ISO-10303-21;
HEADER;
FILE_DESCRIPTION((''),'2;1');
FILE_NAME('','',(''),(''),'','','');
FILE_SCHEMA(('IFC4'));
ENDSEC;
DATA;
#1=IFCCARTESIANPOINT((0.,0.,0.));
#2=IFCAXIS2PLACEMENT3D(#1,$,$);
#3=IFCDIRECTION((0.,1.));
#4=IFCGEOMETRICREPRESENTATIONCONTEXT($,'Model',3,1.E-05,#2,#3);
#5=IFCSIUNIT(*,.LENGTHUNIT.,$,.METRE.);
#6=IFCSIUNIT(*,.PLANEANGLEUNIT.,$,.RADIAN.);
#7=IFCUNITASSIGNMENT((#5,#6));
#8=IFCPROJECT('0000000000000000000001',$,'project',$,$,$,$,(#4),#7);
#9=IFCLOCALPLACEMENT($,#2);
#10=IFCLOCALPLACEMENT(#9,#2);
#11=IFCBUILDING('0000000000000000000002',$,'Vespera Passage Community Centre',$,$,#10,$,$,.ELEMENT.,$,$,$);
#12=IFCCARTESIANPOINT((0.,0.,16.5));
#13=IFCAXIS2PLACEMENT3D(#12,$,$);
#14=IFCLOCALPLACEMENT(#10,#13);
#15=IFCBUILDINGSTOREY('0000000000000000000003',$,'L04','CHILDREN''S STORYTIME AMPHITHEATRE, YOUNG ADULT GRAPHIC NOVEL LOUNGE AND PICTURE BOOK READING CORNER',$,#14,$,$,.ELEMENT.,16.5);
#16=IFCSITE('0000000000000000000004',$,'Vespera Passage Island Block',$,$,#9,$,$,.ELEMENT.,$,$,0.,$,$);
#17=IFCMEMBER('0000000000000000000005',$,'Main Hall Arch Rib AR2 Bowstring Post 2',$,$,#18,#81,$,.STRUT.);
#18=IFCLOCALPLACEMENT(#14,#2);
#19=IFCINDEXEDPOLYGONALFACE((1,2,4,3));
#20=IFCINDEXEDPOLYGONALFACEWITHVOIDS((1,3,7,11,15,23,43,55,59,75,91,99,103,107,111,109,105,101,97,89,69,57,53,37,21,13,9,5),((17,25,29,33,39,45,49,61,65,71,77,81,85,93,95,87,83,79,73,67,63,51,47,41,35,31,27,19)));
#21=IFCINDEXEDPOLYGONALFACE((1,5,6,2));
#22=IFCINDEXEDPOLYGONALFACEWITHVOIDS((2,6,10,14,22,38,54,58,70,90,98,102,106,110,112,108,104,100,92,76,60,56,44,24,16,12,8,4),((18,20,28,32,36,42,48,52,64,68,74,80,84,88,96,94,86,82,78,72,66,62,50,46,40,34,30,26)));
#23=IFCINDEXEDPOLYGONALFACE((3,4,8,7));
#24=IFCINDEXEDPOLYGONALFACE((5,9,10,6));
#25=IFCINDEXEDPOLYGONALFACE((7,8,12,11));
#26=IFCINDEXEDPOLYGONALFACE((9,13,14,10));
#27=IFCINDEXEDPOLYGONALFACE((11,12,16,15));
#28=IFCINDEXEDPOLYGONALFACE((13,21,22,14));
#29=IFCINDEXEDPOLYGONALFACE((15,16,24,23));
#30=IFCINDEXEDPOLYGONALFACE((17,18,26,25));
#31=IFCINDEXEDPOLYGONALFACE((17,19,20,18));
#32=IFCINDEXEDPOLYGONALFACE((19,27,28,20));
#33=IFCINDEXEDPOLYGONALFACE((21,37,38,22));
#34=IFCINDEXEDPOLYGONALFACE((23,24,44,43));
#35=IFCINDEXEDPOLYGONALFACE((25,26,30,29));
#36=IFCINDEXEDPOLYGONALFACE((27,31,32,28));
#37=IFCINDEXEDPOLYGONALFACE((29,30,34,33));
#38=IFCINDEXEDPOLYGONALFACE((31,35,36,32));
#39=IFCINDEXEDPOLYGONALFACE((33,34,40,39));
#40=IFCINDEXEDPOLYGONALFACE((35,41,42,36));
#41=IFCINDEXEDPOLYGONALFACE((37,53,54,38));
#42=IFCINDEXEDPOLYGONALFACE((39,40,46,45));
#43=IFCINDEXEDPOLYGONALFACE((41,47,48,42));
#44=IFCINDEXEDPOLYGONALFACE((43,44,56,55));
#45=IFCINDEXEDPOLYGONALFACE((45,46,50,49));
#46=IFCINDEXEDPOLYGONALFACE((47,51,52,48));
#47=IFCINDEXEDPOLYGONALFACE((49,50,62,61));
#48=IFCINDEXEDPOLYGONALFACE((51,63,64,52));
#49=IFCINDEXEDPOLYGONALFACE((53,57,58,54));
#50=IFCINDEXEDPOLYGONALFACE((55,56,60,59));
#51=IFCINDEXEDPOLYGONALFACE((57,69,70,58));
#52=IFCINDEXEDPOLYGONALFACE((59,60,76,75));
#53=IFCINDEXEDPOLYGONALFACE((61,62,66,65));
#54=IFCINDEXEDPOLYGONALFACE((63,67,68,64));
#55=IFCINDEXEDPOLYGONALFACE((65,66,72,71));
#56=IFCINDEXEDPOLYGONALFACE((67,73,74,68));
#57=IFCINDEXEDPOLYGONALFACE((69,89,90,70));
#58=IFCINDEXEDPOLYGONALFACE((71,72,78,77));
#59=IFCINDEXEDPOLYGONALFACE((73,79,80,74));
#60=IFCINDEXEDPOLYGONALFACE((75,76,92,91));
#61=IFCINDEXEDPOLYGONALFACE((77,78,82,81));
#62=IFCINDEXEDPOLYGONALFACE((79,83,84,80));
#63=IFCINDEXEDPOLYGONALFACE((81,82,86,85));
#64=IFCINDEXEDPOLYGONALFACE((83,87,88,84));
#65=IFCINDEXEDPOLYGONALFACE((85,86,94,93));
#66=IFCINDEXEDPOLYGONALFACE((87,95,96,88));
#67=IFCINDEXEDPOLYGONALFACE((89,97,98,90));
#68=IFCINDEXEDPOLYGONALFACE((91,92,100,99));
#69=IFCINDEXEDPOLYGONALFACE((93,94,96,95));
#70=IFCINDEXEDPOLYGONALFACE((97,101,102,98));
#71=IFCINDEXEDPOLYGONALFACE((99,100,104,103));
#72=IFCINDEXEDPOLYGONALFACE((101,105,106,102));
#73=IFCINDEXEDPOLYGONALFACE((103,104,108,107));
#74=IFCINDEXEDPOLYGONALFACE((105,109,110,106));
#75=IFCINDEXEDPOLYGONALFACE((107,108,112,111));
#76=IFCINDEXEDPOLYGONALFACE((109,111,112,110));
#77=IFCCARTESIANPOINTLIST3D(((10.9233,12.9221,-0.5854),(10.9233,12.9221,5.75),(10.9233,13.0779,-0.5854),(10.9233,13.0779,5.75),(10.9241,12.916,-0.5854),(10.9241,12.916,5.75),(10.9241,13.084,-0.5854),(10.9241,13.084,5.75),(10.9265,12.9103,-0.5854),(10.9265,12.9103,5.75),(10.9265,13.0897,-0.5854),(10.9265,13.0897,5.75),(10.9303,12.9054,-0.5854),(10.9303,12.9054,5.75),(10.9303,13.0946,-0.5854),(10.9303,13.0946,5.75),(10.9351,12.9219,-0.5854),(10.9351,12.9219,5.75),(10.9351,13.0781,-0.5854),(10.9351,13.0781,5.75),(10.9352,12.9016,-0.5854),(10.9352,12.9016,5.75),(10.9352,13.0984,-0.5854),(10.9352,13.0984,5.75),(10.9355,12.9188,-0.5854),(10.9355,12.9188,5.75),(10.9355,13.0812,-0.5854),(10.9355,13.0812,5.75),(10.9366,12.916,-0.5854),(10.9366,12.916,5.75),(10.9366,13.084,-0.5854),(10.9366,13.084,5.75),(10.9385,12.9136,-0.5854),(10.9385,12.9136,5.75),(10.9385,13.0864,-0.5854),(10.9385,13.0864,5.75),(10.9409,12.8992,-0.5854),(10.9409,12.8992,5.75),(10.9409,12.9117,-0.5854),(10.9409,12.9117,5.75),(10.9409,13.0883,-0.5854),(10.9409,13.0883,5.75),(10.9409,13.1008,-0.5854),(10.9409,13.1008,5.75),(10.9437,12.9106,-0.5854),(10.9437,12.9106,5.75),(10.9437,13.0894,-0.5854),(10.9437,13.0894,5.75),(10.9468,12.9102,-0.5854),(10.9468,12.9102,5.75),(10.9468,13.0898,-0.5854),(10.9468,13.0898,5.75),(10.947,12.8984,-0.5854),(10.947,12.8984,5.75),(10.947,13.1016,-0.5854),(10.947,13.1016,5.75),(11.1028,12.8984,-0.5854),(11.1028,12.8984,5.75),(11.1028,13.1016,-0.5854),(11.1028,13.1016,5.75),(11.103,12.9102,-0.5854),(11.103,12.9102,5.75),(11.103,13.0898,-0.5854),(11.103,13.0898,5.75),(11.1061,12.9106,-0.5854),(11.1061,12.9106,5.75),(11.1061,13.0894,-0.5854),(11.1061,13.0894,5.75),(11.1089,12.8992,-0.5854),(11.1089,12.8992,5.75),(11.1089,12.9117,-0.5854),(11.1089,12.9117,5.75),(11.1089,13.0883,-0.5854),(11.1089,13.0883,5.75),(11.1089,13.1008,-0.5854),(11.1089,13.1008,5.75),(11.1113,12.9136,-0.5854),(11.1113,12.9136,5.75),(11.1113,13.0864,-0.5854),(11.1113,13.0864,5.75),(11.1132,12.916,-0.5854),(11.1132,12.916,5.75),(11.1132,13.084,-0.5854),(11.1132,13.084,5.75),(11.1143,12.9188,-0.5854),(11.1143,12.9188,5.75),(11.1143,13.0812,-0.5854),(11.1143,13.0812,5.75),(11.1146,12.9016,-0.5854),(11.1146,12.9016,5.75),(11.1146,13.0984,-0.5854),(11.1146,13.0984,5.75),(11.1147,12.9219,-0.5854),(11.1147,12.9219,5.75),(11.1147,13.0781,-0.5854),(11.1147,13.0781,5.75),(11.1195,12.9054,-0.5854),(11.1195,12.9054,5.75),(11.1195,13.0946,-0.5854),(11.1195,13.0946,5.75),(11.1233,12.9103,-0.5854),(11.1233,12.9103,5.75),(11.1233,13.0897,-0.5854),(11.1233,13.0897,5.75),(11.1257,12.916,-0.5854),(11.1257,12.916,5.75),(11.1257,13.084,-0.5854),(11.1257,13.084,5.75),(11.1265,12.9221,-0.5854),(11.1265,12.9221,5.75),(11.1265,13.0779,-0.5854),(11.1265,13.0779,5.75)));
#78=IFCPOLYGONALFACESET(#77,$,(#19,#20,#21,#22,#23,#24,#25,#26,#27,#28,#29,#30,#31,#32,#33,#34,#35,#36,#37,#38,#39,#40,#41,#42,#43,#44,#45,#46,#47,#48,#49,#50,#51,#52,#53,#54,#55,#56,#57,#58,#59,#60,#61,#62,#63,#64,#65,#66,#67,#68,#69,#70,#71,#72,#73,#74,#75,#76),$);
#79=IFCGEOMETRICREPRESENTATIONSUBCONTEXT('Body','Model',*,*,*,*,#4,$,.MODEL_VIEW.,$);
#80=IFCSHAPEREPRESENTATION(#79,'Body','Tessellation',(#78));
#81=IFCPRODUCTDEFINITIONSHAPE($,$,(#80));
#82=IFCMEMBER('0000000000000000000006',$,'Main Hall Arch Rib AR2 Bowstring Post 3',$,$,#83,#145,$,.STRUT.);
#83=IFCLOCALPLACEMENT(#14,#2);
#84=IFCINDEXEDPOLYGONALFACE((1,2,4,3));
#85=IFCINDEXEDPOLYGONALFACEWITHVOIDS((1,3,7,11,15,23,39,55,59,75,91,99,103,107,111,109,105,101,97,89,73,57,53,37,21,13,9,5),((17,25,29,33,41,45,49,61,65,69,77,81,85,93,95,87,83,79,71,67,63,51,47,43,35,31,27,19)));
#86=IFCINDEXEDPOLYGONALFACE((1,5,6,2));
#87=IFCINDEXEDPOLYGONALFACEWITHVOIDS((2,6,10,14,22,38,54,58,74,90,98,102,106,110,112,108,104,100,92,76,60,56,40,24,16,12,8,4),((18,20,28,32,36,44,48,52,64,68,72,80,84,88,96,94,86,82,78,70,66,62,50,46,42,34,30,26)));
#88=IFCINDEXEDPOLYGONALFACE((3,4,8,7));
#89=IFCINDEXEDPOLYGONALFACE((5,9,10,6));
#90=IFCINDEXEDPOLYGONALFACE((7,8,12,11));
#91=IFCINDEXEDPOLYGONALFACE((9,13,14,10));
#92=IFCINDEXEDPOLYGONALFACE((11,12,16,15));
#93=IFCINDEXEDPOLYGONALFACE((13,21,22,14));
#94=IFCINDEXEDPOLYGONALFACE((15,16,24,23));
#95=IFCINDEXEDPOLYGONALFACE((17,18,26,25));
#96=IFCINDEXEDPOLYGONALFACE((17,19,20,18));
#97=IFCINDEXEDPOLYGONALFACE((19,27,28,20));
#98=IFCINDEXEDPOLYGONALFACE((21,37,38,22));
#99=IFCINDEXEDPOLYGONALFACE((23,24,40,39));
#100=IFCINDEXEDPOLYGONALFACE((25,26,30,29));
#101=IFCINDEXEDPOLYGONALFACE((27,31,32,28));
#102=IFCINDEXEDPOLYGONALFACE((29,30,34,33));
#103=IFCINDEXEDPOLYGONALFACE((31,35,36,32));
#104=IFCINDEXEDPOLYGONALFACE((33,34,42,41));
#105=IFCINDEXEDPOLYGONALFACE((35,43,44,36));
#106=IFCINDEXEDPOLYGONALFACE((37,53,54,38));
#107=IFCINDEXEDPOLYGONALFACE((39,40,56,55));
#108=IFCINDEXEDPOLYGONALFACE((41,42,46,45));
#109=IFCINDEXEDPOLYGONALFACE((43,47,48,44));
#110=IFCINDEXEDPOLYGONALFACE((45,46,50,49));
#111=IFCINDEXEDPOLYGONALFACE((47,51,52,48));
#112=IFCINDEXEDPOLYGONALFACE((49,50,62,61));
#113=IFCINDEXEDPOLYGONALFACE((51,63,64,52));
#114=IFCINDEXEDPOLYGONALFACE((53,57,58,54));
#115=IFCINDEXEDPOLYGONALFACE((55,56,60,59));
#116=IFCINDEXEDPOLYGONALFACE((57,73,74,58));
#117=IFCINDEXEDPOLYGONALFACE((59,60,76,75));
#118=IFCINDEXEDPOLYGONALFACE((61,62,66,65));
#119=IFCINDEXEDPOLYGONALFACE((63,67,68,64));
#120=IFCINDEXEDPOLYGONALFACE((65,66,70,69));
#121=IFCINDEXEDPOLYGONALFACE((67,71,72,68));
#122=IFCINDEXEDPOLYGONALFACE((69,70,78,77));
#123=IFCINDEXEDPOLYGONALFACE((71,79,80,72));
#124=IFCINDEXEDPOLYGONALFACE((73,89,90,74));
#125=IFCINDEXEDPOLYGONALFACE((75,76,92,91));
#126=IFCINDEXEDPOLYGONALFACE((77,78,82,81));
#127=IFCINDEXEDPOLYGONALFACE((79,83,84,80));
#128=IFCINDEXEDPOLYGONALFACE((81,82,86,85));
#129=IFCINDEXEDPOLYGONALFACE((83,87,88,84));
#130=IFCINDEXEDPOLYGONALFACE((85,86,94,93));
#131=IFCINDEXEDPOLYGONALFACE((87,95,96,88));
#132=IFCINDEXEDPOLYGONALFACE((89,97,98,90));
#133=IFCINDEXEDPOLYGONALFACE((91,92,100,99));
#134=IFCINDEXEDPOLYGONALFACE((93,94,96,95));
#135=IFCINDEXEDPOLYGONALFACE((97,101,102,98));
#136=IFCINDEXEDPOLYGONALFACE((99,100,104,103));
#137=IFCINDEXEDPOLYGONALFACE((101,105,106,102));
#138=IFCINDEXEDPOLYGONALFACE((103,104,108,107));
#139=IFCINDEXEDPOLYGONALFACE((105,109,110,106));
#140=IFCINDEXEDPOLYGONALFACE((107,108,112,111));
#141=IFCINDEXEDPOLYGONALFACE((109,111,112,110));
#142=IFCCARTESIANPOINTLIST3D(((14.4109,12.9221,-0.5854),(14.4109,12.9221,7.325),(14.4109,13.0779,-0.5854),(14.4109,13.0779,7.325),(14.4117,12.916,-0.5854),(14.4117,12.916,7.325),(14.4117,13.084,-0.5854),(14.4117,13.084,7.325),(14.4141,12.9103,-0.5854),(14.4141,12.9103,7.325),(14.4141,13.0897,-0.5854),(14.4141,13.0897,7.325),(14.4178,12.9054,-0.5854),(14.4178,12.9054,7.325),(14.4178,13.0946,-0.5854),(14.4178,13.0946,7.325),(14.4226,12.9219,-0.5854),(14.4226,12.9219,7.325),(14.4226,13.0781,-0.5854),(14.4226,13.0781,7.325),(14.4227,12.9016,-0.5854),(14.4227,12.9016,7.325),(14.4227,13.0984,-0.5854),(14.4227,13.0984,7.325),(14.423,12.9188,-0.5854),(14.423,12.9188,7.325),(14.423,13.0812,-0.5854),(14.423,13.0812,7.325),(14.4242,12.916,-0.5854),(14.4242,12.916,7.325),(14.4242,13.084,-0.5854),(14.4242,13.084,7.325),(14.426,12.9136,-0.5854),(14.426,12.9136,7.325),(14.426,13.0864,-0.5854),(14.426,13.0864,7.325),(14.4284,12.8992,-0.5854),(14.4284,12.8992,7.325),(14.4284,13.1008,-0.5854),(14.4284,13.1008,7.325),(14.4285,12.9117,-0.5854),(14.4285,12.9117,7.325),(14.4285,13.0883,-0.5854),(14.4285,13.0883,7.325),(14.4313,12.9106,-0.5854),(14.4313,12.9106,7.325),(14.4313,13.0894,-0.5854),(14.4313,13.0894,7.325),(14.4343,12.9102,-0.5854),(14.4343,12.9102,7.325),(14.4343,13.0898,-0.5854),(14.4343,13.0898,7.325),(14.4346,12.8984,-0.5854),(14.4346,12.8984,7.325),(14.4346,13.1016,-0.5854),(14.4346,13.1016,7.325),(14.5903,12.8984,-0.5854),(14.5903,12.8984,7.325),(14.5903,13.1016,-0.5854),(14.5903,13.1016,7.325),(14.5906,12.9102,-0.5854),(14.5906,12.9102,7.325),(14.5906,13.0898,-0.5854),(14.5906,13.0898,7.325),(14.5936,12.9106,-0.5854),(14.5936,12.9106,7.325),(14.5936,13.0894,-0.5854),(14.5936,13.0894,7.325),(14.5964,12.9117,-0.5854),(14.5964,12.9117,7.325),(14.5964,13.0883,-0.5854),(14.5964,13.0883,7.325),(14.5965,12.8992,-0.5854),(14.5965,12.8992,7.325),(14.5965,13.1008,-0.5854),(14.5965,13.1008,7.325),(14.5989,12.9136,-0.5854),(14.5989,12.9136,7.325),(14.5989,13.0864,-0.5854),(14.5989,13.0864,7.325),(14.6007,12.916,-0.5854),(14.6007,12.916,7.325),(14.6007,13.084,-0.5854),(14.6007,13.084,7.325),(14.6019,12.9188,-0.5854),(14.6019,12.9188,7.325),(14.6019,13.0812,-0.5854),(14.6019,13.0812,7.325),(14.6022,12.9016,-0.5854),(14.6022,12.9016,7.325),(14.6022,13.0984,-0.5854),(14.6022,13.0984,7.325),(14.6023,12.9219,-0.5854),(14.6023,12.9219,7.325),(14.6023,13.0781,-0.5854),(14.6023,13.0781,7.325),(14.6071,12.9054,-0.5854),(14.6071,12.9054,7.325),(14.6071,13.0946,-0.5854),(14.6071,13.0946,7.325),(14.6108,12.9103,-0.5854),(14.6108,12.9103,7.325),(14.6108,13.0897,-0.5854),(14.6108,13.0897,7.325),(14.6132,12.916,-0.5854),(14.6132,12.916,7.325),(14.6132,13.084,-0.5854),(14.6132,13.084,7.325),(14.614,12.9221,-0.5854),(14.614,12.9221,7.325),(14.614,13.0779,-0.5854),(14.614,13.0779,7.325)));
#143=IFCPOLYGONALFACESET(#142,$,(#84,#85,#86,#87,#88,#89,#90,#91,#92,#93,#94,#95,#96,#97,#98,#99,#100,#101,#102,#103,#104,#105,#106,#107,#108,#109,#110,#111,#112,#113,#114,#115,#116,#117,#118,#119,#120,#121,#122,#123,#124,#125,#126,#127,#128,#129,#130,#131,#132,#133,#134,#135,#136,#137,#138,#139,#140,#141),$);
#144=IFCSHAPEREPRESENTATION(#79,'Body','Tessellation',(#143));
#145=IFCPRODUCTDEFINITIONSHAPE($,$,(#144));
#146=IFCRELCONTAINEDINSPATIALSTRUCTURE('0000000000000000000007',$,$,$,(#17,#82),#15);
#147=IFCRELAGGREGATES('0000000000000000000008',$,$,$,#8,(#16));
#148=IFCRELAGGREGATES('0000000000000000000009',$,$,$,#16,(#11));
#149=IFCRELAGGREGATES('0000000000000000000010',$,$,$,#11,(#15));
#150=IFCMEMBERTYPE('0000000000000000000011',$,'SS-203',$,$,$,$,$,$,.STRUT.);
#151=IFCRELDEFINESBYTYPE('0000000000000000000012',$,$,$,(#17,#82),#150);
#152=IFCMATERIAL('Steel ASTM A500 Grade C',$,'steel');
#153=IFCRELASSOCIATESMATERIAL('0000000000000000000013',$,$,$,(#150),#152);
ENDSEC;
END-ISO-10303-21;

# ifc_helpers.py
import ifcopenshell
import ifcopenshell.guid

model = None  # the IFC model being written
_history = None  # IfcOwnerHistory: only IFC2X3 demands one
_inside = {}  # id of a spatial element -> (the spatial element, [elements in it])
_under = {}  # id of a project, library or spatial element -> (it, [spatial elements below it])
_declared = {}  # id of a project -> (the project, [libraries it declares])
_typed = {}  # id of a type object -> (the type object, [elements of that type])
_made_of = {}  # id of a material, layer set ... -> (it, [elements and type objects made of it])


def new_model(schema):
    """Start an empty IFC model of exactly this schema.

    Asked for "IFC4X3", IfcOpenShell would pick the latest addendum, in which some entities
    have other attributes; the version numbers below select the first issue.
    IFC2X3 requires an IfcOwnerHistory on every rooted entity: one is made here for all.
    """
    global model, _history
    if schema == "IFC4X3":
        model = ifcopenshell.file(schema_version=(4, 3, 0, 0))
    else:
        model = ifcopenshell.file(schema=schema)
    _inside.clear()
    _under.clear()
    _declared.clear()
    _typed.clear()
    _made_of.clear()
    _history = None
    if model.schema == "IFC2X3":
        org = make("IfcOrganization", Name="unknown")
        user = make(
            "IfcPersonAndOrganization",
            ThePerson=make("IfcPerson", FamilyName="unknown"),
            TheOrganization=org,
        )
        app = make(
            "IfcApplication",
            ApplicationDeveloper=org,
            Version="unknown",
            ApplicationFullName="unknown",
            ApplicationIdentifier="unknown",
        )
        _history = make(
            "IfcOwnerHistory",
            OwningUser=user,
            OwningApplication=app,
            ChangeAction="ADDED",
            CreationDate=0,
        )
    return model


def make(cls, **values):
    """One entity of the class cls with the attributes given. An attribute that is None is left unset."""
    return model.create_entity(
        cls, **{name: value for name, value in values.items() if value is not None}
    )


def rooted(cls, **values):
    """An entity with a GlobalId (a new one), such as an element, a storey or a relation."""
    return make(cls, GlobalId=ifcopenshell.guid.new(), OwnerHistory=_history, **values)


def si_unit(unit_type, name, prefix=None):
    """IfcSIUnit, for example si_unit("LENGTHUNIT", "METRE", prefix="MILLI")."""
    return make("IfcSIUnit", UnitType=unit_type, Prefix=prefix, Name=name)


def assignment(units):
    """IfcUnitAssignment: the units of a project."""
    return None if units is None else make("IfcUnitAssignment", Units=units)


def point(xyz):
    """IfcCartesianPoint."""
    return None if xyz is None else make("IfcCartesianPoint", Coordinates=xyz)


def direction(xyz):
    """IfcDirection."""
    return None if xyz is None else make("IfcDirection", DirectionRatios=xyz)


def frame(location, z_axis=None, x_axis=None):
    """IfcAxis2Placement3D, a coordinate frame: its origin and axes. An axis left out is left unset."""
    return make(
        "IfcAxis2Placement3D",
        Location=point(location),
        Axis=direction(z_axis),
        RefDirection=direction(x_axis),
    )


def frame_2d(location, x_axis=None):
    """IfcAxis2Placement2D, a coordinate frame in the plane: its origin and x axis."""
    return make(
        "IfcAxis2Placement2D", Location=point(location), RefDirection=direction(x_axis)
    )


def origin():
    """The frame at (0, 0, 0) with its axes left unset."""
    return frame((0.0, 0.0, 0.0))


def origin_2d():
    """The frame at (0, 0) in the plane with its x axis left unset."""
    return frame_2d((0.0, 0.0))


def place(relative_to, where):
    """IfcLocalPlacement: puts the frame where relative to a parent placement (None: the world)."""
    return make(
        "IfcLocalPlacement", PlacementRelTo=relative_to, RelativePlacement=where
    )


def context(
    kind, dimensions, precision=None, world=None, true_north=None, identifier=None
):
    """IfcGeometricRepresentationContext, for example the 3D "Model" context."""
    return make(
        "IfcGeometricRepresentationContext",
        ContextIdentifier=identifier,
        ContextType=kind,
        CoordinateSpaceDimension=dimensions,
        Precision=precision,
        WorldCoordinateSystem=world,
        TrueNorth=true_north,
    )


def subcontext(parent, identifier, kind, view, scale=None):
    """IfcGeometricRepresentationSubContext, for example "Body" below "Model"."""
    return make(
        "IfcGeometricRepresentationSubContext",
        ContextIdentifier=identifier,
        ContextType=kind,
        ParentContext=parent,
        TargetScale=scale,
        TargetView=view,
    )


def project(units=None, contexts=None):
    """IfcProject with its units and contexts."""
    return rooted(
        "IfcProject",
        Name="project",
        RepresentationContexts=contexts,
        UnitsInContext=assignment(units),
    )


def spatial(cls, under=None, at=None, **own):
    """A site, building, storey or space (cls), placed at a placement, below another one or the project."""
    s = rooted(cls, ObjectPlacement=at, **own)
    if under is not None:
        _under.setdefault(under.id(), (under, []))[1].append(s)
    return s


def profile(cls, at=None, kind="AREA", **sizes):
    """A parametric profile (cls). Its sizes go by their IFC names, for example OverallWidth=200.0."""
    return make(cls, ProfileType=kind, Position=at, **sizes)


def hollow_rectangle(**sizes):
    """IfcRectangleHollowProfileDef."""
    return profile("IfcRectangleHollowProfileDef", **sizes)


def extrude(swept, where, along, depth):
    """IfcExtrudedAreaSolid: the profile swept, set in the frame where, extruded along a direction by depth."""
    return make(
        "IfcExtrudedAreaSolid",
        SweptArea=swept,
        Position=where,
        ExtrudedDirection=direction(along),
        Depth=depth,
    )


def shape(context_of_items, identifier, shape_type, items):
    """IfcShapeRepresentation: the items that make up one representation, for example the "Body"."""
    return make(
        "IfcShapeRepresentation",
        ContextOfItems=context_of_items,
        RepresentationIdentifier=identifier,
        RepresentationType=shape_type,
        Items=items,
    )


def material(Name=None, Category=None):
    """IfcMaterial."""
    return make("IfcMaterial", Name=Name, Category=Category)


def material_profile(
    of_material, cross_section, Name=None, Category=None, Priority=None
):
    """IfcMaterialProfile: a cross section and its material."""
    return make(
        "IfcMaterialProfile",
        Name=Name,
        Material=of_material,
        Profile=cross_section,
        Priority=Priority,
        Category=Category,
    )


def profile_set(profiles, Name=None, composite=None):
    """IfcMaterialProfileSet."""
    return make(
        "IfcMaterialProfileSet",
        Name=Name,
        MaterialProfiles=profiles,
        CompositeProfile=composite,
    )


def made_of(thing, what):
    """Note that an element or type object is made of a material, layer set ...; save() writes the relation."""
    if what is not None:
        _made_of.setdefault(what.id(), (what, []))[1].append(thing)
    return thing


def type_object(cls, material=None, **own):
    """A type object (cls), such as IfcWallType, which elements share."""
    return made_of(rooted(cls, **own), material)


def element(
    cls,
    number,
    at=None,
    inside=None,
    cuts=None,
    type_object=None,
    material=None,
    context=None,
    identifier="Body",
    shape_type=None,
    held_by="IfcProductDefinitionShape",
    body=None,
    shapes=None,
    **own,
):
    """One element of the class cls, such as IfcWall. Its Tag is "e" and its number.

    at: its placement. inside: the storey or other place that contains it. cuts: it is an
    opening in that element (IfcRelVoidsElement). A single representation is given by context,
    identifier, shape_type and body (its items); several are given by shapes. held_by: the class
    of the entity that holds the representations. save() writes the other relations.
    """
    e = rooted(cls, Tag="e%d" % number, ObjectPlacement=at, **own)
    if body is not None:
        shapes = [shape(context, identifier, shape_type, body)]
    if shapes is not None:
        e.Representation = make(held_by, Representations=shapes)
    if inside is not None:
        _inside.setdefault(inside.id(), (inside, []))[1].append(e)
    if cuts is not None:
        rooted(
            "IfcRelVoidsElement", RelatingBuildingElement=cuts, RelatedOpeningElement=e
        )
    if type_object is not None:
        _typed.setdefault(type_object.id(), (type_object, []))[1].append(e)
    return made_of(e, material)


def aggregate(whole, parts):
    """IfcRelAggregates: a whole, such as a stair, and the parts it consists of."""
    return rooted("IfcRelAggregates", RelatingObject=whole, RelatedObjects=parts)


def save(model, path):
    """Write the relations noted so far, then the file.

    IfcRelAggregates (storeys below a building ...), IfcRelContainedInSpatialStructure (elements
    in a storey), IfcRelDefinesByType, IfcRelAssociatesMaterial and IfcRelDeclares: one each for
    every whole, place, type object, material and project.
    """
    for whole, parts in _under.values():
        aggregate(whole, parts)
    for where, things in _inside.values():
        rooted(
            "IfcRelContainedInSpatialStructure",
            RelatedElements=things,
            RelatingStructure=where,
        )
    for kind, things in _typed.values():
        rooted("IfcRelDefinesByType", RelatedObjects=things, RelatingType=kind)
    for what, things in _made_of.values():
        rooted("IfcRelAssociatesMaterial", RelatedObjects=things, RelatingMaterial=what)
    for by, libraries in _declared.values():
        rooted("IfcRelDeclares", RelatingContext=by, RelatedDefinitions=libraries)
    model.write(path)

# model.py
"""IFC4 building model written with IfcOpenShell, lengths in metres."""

from ifc_helpers import new_model, si_unit, direction, frame, origin, origin_2d, place, context, subcontext, project, spatial, hollow_rectangle, extrude, material, material_profile, profile_set, type_object, element, save


model = new_model("IFC4")

# Units and contexts
model_context = context("Model", 3, precision=1e-05, world=origin(), true_north=direction((0.0, 1.0)))
body_context = subcontext(model_context, "Body", "Model", "MODEL_VIEW")
ifc_project = project(units=[si_unit("LENGTHUNIT", "METRE"), si_unit("PLANEANGLEUNIT", "RADIAN")], contexts=[model_context])

# Site, building, storey
site_placement = place(None, origin())
site = spatial("IfcSite", under=ifc_project, at=site_placement, Name="Vespera Passage Island Block", CompositionType="ELEMENT", RefElevation=0.0)
building_placement = place(site_placement, origin())
building = spatial("IfcBuilding", under=site, at=building_placement, Name="Vespera Passage Community Centre", CompositionType="ELEMENT")
storey_placement = place(building_placement, frame((0.0, 0.0, 16.5)))
storey = spatial("IfcBuildingStorey", under=building, at=storey_placement, Name="L04", Description="CHILDREN'S STORYTIME AMPHITHEATRE, YOUNG ADULT GRAPHIC NOVEL LOUNGE AND PICTURE BOOK READING CORNER", CompositionType="ELEMENT", Elevation=16.5)

# Members
ifc_material_1 = material(Name="Steel ASTM A500 Grade C", Category="steel")
ifc_material_profile_1 = material_profile(ifc_material_1, hollow_rectangle(XDim=0.2031, YDim=0.2031, WallThickness=0.0117, InnerFilletRadius=0.0117, OuterFilletRadius=0.0237, at=origin_2d()), Name="HSS203X203X12.7")
ifc_profile_set_1 = profile_set([ifc_material_profile_1], Name="Steel ASTM A500 Grade C")
member_type_1 = type_object("IfcMemberType", Name="SS-203", PredefinedType="STRUT", material=ifc_profile_set_1)
member_1_placement = place(storey_placement, frame((11.0249, 13.0, -0.5854), z_axis=(0.0, 0.0, 1.0), x_axis=(1.0, 0.0, 0.0)))
element("IfcMember", 1, at=member_1_placement, inside=storey, type_object=member_type_1, Name="Main Hall Arch Rib AR2 Bowstring Post 2", PredefinedType="STRUT", context=body_context, shape_type="SweptSolid", body=[
    extrude(hollow_rectangle(XDim=0.2031, YDim=0.2031, WallThickness=0.0117, InnerFilletRadius=0.0117, OuterFilletRadius=0.0237, at=origin_2d()), origin(), (0.0, 0.0, 1.0), 6.3354),
])
member_2_placement = place(storey_placement, frame((14.5125, 13.0, -0.5854), z_axis=(0.0, 0.0, 1.0), x_axis=(1.0, 0.0, 0.0)))
element("IfcMember", 2, at=member_2_placement, inside=storey, type_object=member_type_1, Name="Main Hall Arch Rib AR2 Bowstring Post 3", PredefinedType="STRUT", context=body_context, shape_type="SweptSolid", body=[
    extrude(hollow_rectangle(XDim=0.2031, YDim=0.2031, WallThickness=0.0117, InnerFilletRadius=0.0117, OuterFilletRadius=0.0237, at=origin_2d()), origin(), (0.0, 0.0, 1.0), 7.9104),
])

save(model, "model.ifc")
